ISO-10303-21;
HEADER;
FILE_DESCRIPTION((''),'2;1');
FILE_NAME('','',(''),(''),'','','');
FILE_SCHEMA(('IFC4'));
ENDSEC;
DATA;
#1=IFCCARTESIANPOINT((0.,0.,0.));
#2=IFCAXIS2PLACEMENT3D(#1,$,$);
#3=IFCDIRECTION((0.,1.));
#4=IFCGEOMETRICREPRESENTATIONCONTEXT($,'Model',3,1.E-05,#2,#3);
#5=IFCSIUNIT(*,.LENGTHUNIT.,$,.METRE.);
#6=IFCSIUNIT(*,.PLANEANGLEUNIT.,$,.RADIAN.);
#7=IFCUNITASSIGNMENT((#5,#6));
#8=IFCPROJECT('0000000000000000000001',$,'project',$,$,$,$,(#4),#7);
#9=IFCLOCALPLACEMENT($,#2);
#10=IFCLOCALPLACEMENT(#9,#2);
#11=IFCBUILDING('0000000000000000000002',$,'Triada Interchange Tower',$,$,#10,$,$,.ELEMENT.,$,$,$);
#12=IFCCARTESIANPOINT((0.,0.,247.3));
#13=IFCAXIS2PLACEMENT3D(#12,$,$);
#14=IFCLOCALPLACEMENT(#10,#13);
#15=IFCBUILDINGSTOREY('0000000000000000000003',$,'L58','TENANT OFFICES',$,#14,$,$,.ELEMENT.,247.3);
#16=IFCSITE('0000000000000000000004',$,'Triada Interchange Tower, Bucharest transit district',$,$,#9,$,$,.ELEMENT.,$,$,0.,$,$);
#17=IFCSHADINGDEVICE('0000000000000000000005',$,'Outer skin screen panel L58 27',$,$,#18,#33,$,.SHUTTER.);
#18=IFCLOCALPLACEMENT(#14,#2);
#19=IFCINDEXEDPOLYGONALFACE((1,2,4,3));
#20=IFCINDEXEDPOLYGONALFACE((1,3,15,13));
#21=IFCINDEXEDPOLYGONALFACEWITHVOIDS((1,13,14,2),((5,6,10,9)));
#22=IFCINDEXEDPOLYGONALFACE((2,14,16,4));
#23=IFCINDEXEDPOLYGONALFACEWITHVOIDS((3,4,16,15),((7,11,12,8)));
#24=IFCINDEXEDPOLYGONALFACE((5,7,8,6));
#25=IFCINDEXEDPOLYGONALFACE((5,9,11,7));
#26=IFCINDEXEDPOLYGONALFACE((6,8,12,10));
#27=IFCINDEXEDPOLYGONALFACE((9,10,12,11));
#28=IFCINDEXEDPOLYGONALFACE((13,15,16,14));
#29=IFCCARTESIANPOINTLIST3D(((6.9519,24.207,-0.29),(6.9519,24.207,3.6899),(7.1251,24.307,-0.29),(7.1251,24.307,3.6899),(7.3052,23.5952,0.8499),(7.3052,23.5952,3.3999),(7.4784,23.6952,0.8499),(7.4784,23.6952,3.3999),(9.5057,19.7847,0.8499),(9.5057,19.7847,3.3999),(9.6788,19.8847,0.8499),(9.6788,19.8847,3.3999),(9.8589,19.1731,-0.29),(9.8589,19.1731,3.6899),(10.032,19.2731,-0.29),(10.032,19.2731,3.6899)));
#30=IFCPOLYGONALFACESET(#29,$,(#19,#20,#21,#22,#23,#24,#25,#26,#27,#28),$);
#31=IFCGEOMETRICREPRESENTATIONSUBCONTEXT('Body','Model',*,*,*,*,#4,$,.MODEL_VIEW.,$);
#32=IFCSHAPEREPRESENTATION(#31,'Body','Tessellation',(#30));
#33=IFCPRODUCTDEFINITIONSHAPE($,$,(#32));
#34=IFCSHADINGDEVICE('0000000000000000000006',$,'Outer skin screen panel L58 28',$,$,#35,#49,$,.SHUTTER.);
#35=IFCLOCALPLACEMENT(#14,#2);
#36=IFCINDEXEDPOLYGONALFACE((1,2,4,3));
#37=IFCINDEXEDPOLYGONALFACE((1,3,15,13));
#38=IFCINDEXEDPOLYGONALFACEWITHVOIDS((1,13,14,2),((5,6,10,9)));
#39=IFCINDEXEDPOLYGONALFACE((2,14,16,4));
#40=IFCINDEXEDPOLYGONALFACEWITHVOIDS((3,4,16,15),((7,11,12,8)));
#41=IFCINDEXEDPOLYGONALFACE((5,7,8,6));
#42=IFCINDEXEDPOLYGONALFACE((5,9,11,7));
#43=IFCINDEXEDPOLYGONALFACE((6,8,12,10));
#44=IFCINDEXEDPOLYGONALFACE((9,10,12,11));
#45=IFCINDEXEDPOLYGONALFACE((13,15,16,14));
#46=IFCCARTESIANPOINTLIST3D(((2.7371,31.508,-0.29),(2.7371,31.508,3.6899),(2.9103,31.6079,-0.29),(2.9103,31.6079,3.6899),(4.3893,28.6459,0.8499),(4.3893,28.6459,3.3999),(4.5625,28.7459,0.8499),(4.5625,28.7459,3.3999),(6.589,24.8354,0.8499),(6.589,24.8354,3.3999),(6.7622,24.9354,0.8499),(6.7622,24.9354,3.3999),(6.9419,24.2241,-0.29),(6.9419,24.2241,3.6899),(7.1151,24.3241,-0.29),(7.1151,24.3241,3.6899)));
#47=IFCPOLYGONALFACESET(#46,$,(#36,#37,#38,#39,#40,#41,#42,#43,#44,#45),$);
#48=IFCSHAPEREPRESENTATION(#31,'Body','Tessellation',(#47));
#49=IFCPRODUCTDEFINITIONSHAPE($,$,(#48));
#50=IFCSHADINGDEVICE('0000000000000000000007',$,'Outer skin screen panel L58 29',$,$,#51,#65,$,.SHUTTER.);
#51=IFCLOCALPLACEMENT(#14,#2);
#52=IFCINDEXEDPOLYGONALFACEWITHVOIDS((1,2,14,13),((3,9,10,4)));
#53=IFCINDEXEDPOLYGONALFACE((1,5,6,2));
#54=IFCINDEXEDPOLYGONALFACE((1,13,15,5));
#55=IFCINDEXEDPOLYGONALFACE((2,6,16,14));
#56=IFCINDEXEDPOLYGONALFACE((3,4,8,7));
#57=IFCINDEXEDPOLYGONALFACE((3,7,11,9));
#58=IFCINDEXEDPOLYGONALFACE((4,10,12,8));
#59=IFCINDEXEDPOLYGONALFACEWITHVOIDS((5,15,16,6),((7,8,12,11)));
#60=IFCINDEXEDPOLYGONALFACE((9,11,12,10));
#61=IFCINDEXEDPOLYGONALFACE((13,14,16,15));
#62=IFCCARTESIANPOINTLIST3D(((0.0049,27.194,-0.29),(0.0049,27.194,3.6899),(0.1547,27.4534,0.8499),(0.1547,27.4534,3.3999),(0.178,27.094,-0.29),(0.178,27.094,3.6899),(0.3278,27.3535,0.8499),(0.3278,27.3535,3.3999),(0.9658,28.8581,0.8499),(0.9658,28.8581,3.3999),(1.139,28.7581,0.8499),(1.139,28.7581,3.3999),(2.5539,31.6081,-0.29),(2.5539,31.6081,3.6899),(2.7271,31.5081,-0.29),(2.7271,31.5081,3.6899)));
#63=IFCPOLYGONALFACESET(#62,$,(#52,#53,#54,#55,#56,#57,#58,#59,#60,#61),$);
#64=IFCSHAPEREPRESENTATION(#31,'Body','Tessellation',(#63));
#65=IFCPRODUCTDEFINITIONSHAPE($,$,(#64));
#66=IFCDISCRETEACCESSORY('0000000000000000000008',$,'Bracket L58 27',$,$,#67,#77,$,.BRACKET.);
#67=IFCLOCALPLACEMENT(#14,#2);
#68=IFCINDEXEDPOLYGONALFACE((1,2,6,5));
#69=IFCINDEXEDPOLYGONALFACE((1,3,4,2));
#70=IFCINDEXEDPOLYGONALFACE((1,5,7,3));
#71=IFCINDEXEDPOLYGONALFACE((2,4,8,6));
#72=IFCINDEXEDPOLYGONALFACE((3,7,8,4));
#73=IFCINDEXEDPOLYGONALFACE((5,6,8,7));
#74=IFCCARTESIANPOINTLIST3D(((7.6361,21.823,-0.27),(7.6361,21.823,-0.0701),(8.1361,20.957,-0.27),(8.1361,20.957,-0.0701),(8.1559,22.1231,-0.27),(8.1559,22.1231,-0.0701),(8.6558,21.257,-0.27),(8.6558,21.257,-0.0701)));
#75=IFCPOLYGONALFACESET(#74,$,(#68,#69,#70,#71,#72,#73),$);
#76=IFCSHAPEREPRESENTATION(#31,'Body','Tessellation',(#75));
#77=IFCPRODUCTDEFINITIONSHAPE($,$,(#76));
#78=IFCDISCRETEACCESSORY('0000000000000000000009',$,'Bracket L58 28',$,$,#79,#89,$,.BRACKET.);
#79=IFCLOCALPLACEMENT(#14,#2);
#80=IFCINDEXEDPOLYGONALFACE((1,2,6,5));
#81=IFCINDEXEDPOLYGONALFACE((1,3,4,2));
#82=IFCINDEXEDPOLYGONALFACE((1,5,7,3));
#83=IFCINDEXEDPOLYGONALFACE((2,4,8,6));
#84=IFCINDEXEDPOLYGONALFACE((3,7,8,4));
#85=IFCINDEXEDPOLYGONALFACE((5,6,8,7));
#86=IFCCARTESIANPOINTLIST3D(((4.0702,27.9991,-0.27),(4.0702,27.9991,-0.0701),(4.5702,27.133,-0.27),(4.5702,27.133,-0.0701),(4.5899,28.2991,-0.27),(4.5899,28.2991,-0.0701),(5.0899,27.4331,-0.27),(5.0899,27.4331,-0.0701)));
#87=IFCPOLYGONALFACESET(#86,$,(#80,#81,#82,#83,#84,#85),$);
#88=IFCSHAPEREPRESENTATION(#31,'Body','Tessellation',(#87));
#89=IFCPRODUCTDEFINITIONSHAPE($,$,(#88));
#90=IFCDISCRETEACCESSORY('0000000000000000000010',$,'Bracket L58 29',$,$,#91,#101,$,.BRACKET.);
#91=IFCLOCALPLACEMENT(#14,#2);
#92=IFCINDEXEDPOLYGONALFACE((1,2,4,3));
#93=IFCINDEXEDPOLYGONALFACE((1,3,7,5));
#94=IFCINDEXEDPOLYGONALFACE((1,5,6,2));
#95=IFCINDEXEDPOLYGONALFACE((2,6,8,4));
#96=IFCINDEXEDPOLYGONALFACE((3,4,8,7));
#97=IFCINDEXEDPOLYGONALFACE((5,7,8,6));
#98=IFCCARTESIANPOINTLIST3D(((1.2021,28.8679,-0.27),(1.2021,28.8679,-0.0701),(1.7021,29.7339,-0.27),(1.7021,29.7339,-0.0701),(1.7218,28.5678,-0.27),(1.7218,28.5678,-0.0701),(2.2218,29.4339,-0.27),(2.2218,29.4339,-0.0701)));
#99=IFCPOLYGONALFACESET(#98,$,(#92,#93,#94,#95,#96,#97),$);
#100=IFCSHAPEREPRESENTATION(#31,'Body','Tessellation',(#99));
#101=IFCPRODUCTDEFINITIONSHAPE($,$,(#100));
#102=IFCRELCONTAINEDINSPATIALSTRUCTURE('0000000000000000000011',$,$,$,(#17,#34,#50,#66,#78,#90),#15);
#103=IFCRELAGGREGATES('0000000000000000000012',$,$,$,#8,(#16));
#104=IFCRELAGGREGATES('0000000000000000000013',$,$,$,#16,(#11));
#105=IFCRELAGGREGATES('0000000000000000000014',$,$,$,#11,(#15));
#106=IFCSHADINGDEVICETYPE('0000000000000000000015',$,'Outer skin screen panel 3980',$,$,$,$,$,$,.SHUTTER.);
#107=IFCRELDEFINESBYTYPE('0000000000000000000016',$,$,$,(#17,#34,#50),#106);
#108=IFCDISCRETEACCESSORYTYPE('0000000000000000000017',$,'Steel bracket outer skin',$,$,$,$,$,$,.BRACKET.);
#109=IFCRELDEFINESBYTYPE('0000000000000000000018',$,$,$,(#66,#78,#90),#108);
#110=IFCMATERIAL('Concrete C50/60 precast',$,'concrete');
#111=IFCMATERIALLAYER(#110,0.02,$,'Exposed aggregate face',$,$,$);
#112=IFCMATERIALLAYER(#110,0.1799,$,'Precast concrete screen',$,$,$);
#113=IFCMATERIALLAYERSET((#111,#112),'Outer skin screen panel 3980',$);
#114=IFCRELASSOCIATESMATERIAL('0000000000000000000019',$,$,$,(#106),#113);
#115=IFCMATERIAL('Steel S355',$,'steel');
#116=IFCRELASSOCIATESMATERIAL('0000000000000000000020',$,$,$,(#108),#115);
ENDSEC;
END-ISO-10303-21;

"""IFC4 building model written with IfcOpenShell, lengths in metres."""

from ifc_helpers import new_model, si_unit, direction, frame, origin, origin_2d, place, context, subcontext, project, spatial, polyline, rectangle, outline, extrude, material, layer, layer_set, type_object, element, save


model = new_model("IFC4")

# Units and contexts
model_context = context("Model", 3, precision=1e-05, world=origin(), true_north=direction((0.0, 1.0)))
body_context = subcontext(model_context, "Body", "Model", "MODEL_VIEW")
ifc_project = project(units=[si_unit("LENGTHUNIT", "METRE"), si_unit("PLANEANGLEUNIT", "RADIAN")], contexts=[model_context])

# Site, building, storey
site_placement = place(None, origin())
site = spatial("IfcSite", under=ifc_project, at=site_placement, Name="Triada Interchange Tower, Bucharest transit district", CompositionType="ELEMENT", RefElevation=0.0)
building_placement = place(site_placement, origin())
building = spatial("IfcBuilding", under=site, at=building_placement, Name="Triada Interchange Tower", CompositionType="ELEMENT")
storey_placement = place(building_placement, frame((0.0, 0.0, 247.3)))
storey = spatial("IfcBuildingStorey", under=building, at=storey_placement, Name="L58", Description="TENANT OFFICES", CompositionType="ELEMENT", Elevation=247.3)

# Shading devices
ifc_material_1 = material(Name="Concrete C50/60 precast", Category="concrete")
ifc_layer_1 = layer(ifc_material_1, 0.02, Name="Exposed aggregate face")
ifc_layer_2 = layer(ifc_material_1, 0.1799, Name="Precast concrete screen")
ifc_layer_set_1 = layer_set([ifc_layer_1, ifc_layer_2], Name="Outer skin screen panel 3980")
shading_device_type = type_object("IfcShadingDeviceType", Name="Outer skin screen panel 3980", PredefinedType="SHUTTER", material=ifc_layer_set_1)
shading_device_1_placement = place(storey_placement, frame((9.8589, 19.1731, -0.29), z_axis=(0.0, 0.0, 1.0), x_axis=(-0.500082, 0.865978, 0.0)))
element("IfcShadingDevice", 1, at=shading_device_1_placement, inside=storey, type_object=shading_device_type, Name="Outer skin screen panel L58 27", PredefinedType="SHUTTER", context=body_context, shape_type="SweptSolid", body=[
    extrude(outline(polyline([(0.0, 0.0), (5.813, 0.0), (5.813, 3.98), (0.0, 3.98), (0.0, 0.0)]), holes=[polyline([(0.7063, 1.1399), (0.7063, 3.6899), (5.1064, 3.6899), (5.1064, 1.1399), (0.7063, 1.1399)])]), frame((0.0, 0.0, 0.0), z_axis=(0.0, -1.0, 0.0), x_axis=(1.0, 0.0, 0.0)), (0.0, 0.0, 1.0), 0.2),
])
shading_device_2_placement = place(storey_placement, frame((6.9419, 24.2241, -0.29), z_axis=(0.0, 0.0, 1.0), x_axis=(-0.499951, 0.866054, 0.0)))
element("IfcShadingDevice", 2, at=shading_device_2_placement, inside=storey, type_object=shading_device_type, Name="Outer skin screen panel L58 28", PredefinedType="SHUTTER", context=body_context, shape_type="SweptSolid", body=[
    extrude(outline(polyline([(0.0, 0.0), (8.4104, 0.0), (8.4104, 3.98), (0.0, 3.98), (0.0, 0.0)]), holes=[polyline([(0.7058, 1.1399), (0.7058, 3.6899), (5.1057, 3.6899), (5.1057, 1.1399), (0.7058, 1.1399)])]), frame((0.0, 0.0, 0.0), z_axis=(0.0, -1.0, 0.0), x_axis=(1.0, 0.0, 0.0)), (0.0, 0.0, 1.0), 0.2),
])
shading_device_3_placement = place(storey_placement, frame((2.7271, 31.5081, -0.29), z_axis=(0.0, 0.0, 1.0), x_axis=(-0.50009, -0.865973, 0.0)))
element("IfcShadingDevice", 3, at=shading_device_3_placement, inside=storey, type_object=shading_device_type, Name="Outer skin screen panel L58 29", PredefinedType="SHUTTER", context=body_context, shape_type="SweptSolid", body=[
    extrude(outline(polyline([(0.0, 0.0), (5.0972, 0.0), (5.0972, 3.98), (0.0, 3.98), (0.0, 0.0)]), holes=[polyline([(3.1755, 1.1399), (3.1755, 3.6899), (4.7976, 3.6899), (4.7976, 1.1399), (3.1755, 1.1399)])]), frame((0.0, 0.0, 0.0), z_axis=(0.0, -1.0, 0.0), x_axis=(1.0, 0.0, 0.0)), (0.0, 0.0, 1.0), 0.2),
])

# Discrete accessories
ifc_material_2 = material(Name="Steel S355", Category="steel")
discrete_accessory_type = type_object("IfcDiscreteAccessoryType", Name="Steel bracket outer skin", PredefinedType="BRACKET", material=ifc_material_2)
for number, where, z_axis, x_axis, name in (
    (4, (8.146, 21.54, -0.27), (0.0, 0.0, 1.0), (0.86603, 0.499991, 0.0), "Bracket L58 27"),
    (5, (4.5801, 27.7161, -0.27), (0.0, 0.0, 1.0), (0.86603, 0.499991, 0.0), "Bracket L58 28"),
    (6, (1.7119, 29.1509, -0.27), (0.0, 0.0, 1.0), (-0.866027, 0.499997, 0.0), "Bracket L58 29"),
):
    element("IfcDiscreteAccessory", number, at=place(storey_placement, frame(where, z_axis=z_axis, x_axis=x_axis)), inside=storey, type_object=discrete_accessory_type, Name=name, PredefinedType="BRACKET", context=body_context, shape_type="SweptSolid", body=[
        extrude(rectangle(XDim=0.6001, YDim=1.0, at=origin_2d()), origin(), (0.0, 0.0, 1.0), 0.2),
    ])

save(model, "model.ifc")
